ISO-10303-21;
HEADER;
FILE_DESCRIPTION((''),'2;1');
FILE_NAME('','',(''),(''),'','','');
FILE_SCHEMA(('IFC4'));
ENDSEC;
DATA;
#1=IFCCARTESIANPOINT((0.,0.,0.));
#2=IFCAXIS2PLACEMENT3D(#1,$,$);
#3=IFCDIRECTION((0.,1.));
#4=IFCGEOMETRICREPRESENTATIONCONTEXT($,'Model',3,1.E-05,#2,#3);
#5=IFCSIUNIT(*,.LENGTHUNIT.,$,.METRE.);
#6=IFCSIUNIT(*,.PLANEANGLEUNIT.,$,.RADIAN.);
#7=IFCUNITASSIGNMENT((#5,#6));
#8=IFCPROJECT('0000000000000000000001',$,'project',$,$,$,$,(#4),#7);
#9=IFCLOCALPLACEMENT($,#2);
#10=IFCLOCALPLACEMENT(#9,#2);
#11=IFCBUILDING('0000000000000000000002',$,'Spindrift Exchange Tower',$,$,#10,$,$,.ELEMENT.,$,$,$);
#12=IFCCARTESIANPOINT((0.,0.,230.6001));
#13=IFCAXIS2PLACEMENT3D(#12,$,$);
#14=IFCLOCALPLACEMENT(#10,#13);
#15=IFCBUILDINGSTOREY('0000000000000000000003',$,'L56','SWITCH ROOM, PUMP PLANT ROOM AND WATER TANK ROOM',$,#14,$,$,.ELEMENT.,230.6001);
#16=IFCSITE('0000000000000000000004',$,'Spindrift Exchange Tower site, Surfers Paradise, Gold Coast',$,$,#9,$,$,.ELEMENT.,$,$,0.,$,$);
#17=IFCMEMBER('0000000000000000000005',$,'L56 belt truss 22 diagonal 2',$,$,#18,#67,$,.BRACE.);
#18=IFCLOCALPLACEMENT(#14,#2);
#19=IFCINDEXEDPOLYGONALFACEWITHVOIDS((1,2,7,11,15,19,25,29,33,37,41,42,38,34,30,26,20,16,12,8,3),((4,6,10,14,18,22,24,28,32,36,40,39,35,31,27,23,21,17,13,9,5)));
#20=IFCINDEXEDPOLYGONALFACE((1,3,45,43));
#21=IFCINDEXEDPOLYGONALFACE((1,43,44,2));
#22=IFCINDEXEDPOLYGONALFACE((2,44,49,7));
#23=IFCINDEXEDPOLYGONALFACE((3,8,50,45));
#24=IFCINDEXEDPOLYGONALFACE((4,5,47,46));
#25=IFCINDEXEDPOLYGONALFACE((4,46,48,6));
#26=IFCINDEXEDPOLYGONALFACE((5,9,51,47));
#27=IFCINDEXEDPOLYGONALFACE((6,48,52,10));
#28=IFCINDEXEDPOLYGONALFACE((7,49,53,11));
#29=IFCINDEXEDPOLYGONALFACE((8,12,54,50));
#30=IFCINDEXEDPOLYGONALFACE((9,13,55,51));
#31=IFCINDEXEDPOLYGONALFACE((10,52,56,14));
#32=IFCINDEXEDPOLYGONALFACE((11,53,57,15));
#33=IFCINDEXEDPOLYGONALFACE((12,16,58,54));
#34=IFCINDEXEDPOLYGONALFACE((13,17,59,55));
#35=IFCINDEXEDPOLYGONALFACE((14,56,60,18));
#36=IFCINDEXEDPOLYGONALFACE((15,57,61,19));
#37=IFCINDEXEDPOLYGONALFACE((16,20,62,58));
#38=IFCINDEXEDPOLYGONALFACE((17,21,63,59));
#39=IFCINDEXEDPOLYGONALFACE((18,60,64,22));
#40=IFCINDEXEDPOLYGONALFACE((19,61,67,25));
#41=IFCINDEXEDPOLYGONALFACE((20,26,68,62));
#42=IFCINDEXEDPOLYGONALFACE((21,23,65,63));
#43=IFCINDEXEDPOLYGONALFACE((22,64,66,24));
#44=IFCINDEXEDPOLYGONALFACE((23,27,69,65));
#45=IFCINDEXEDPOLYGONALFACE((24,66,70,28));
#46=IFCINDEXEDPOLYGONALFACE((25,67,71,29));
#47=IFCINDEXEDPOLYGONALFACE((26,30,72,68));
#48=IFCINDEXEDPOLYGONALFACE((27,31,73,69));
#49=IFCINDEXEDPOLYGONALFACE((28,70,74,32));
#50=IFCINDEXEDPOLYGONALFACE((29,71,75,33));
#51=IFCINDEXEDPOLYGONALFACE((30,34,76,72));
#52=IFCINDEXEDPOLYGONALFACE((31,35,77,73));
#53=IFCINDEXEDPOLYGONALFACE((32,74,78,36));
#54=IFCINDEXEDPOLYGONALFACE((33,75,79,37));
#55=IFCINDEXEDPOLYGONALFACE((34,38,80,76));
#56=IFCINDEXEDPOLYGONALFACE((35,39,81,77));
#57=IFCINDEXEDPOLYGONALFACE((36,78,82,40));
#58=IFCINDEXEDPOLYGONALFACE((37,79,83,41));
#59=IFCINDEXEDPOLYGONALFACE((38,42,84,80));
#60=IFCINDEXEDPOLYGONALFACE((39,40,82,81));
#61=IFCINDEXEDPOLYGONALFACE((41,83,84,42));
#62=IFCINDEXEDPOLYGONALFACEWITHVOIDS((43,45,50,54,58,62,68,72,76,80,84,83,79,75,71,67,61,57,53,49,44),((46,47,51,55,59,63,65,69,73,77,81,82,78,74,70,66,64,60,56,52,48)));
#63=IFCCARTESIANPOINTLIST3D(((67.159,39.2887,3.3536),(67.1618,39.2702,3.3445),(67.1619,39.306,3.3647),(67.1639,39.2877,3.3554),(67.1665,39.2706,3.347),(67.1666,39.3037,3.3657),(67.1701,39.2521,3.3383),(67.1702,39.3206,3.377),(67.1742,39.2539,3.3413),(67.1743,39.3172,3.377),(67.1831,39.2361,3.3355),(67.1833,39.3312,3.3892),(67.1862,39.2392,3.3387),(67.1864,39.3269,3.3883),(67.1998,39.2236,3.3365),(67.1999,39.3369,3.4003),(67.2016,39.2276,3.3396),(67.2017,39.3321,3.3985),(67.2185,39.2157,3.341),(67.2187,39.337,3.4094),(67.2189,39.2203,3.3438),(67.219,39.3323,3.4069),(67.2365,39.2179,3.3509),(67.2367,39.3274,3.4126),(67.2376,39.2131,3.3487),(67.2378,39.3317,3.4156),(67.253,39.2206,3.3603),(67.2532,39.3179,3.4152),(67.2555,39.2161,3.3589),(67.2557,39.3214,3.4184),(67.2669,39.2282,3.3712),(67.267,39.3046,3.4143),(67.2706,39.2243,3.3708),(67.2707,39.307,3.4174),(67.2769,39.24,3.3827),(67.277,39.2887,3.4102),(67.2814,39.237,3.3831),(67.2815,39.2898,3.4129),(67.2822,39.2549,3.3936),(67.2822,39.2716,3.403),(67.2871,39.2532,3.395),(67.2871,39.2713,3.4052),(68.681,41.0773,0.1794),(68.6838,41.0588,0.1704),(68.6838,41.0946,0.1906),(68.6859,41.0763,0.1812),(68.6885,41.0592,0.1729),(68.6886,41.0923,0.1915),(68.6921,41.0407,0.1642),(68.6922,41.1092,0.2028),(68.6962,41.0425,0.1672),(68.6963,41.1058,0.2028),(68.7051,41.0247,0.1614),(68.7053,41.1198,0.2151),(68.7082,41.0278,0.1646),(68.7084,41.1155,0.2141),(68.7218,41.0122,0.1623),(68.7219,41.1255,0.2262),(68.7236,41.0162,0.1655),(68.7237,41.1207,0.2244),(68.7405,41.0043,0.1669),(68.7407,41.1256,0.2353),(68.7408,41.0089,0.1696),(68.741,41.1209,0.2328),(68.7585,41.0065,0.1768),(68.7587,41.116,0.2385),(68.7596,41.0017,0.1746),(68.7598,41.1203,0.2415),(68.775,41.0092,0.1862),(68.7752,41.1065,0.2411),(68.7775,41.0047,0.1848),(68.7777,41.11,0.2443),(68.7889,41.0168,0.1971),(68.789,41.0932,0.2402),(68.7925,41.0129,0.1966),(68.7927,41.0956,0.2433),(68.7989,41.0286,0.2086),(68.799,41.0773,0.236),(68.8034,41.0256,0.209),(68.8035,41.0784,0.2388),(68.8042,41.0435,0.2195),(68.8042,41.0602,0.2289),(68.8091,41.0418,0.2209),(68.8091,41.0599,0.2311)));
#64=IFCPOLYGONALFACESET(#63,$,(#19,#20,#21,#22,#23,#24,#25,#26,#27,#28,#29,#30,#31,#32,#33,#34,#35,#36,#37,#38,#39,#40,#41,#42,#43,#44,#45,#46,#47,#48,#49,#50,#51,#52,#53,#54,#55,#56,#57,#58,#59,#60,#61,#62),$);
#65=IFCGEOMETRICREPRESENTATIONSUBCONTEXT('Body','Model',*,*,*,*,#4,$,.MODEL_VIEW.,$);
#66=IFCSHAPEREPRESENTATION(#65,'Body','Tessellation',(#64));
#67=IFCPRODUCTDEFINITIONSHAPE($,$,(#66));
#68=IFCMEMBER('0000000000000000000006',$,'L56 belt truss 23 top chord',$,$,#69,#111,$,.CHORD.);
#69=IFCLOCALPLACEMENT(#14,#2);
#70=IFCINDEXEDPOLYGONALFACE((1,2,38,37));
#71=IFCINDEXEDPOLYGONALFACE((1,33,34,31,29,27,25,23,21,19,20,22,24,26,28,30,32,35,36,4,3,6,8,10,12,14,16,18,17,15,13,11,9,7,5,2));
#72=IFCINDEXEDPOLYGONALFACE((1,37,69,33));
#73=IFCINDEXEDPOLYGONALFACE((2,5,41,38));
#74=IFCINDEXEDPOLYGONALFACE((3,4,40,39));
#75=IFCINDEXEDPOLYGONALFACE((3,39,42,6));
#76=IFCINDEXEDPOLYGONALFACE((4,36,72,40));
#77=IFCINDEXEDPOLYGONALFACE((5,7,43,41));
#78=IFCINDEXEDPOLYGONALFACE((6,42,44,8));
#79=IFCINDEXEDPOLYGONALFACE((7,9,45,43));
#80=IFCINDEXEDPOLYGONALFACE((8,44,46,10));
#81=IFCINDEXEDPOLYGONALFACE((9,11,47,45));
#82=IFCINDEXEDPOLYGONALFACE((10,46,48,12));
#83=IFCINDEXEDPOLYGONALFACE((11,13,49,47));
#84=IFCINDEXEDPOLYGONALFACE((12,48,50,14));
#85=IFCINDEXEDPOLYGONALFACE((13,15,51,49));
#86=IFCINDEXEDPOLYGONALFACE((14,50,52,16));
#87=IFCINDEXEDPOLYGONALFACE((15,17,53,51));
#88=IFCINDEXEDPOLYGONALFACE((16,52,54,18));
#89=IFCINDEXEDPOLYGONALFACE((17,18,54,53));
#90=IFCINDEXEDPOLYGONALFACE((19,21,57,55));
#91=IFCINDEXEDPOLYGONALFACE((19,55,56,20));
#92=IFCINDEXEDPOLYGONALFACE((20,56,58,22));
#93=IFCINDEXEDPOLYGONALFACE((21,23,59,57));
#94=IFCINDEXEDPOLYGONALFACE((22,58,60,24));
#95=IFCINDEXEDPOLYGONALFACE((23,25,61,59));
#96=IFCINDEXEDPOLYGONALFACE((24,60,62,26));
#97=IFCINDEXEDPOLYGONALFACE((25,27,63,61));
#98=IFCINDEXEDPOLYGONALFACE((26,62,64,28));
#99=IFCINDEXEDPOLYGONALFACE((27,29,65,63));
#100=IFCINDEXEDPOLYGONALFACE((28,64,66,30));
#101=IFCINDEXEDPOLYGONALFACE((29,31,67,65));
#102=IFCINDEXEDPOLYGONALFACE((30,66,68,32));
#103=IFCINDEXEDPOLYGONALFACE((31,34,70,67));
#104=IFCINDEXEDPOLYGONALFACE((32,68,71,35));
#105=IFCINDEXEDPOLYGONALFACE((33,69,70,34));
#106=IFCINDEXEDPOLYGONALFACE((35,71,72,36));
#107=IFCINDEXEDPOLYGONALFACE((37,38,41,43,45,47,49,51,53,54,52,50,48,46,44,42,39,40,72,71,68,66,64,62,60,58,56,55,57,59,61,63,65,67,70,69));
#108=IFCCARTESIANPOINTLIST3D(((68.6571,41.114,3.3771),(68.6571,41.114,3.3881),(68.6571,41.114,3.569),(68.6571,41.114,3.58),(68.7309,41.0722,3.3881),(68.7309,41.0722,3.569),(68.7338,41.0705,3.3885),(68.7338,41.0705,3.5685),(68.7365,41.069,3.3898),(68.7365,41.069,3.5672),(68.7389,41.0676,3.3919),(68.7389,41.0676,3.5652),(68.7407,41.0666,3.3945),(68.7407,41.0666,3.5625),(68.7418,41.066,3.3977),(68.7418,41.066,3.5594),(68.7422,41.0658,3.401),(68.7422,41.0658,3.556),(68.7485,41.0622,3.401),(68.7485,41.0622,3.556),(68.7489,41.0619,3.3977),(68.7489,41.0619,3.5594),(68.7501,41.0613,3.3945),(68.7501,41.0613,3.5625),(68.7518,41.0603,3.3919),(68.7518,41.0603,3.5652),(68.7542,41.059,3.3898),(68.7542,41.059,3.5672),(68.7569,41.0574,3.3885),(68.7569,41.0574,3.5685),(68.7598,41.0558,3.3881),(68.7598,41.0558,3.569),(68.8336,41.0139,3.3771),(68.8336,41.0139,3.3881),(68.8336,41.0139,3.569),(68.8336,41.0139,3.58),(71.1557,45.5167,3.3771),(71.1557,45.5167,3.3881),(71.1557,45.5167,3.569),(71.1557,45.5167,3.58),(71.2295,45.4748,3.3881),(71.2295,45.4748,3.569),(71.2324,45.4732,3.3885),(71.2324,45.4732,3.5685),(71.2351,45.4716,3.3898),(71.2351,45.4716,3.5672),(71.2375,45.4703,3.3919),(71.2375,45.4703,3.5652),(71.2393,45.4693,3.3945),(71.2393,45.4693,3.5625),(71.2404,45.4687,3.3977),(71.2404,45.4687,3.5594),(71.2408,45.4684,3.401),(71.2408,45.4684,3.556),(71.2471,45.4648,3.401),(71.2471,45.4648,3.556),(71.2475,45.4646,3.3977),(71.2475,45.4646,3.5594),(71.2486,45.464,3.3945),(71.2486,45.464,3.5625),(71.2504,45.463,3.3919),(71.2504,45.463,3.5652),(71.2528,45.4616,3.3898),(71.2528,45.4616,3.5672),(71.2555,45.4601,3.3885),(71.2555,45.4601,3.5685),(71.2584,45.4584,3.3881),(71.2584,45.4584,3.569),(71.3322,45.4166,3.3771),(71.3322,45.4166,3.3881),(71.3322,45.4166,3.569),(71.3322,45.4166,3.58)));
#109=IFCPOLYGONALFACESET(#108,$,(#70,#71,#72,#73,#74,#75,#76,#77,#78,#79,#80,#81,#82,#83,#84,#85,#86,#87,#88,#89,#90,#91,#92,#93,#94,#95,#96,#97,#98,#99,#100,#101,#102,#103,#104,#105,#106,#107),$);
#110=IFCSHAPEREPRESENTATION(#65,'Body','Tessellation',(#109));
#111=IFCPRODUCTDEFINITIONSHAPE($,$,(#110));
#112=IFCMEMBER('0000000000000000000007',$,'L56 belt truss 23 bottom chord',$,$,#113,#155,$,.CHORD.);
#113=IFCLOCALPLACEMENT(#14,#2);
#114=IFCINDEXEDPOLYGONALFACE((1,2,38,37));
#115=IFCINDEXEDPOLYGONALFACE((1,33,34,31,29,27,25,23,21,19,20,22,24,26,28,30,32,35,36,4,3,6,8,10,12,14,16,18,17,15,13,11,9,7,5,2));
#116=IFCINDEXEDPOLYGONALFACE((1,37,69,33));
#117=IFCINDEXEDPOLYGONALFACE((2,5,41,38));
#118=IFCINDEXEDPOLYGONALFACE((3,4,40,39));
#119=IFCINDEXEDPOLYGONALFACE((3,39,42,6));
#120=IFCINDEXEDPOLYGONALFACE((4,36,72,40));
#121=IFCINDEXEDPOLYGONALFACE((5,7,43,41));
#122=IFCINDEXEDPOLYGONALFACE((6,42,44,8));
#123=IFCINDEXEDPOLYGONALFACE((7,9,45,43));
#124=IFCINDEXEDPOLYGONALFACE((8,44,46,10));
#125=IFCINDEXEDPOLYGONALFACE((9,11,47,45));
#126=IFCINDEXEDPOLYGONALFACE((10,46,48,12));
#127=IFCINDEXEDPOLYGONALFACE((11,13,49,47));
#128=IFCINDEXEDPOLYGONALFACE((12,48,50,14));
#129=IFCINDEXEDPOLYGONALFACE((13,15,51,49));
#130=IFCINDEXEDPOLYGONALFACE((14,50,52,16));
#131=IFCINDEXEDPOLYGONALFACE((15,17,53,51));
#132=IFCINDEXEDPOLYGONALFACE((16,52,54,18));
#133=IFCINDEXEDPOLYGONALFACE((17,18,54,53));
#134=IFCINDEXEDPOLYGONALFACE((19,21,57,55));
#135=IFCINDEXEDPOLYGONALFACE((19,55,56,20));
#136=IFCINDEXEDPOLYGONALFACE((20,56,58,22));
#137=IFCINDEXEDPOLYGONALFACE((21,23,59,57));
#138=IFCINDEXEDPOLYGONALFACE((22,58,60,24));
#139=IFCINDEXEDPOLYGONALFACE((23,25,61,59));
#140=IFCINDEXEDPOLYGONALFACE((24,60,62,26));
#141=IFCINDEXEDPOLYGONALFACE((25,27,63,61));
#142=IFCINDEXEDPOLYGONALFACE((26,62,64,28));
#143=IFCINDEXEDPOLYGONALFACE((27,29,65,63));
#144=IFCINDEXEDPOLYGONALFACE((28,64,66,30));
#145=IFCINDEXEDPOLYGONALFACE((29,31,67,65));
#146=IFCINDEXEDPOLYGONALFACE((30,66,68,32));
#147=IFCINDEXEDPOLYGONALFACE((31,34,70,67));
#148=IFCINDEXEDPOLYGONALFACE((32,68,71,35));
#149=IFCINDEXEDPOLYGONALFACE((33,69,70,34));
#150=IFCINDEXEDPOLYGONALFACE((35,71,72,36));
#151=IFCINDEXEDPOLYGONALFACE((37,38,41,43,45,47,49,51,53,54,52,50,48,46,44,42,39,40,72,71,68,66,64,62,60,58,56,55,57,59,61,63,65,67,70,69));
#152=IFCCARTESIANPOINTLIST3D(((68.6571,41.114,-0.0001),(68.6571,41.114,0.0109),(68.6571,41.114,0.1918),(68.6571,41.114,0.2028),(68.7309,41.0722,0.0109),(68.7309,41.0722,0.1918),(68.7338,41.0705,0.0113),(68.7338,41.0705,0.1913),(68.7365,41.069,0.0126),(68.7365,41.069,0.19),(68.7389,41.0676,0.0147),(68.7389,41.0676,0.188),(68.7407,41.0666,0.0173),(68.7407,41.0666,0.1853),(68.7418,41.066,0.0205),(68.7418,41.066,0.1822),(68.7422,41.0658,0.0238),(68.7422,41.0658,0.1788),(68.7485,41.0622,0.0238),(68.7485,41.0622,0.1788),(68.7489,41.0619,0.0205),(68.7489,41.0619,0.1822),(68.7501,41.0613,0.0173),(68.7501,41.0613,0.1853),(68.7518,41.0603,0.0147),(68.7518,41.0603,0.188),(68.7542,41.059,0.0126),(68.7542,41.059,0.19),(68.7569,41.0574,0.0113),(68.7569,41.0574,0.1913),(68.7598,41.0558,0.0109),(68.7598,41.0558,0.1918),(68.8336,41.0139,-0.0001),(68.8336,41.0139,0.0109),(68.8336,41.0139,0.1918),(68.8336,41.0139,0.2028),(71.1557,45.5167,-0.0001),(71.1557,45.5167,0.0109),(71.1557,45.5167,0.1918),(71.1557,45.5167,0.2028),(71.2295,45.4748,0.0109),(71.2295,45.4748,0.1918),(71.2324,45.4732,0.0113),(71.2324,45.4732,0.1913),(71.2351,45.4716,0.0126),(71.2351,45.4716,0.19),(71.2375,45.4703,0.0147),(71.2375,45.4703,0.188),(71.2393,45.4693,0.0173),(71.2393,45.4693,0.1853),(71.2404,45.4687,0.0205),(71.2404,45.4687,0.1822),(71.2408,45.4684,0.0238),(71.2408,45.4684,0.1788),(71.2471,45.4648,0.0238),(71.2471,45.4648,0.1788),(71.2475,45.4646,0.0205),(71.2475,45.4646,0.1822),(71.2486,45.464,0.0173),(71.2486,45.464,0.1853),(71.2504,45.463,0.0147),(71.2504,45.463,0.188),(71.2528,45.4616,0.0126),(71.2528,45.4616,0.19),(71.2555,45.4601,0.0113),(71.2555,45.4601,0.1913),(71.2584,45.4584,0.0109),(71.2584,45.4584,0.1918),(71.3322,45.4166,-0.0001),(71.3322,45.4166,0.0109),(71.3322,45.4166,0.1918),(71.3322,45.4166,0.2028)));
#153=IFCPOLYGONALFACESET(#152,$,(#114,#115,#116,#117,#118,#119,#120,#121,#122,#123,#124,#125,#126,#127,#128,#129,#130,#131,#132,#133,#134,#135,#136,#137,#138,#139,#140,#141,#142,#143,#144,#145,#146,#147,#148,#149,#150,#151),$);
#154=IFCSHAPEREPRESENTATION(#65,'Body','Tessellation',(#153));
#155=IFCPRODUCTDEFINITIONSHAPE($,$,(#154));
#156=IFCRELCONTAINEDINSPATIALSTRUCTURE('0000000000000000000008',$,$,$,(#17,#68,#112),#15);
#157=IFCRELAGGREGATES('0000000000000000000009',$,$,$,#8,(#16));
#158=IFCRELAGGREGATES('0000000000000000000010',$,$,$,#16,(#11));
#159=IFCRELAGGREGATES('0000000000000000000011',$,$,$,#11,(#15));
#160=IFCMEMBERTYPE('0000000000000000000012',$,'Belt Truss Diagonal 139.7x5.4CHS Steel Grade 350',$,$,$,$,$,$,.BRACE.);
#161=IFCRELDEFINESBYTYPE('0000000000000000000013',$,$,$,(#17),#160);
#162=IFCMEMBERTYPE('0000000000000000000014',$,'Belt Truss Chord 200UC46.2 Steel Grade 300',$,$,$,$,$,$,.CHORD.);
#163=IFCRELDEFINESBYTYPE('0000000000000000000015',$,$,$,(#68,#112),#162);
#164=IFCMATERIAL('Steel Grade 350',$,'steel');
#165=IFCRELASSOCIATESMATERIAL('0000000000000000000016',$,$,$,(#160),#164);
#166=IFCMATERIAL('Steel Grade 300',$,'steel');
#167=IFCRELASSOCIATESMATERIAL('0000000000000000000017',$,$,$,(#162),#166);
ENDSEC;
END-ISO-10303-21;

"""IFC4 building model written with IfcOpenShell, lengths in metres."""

from ifc_helpers import new_model, si_unit, direction, frame, origin, origin_2d, place, context, subcontext, project, spatial, hollow_circle, i_section, extrude, source, transform, mapped, material, material_profile, profile_set, type_object, element, save


model = new_model("IFC4")

# Units and contexts
model_context = context("Model", 3, precision=1e-05, world=origin(), true_north=direction((0.0, 1.0)))
body_context = subcontext(model_context, "Body", "Model", "MODEL_VIEW")
ifc_project = project(units=[si_unit("LENGTHUNIT", "METRE"), si_unit("PLANEANGLEUNIT", "RADIAN")], contexts=[model_context])

# Site, building, storey
site_placement = place(None, origin())
site = spatial("IfcSite", under=ifc_project, at=site_placement, Name="Spindrift Exchange Tower site, Surfers Paradise, Gold Coast", CompositionType="ELEMENT", RefElevation=0.0)
building_placement = place(site_placement, origin())
building = spatial("IfcBuilding", under=site, at=building_placement, Name="Spindrift Exchange Tower", CompositionType="ELEMENT")
storey_placement = place(building_placement, frame((0.0, 0.0, 230.6001)))
storey = spatial("IfcBuildingStorey", under=building, at=storey_placement, Name="L56", Description="SWITCH ROOM, PUMP PLANT ROOM AND WATER TANK ROOM", CompositionType="ELEMENT", Elevation=230.6001)

# Shared definitions
ifc_material_1 = material(Name="Steel Grade 300", Category="steel")

# Members
ifc_material_2 = material(Name="Steel Grade 350", Category="steel")
ifc_material_profile_1 = material_profile(ifc_material_2, hollow_circle(Radius=0.0698, WallThickness=0.0054, at=origin_2d()), Name="139.7x5.4CHS")
ifc_profile_set_1 = profile_set([ifc_material_profile_1], Name="Steel Grade 350")
member_type_1 = type_object("IfcMemberType", Name="Belt Truss Diagonal 139.7x5.4CHS Steel Grade 350", PredefinedType="BRACE", material=ifc_profile_set_1)
shared_shape_1 = source(origin(), body_context, "Body", "SweptSolid", [
    extrude(hollow_circle(Radius=0.0698, WallThickness=0.0054, at=origin_2d()), origin(), (0.0, 0.0, 1.0), 3.9485),
])
member_1_placement = place(storey_placement, frame((67.2234, 39.2754, 3.377), z_axis=(0.385462, 0.452983, -0.803881), x_axis=(-0.761585, 0.648065, 0.0)))
element("IfcMember", 1, at=member_1_placement, inside=storey, type_object=member_type_1, Name="L56 belt truss 22 diagonal 2", PredefinedType="BRACE", context=body_context, shape_type="MappedRepresentation", body=[
    mapped(shared_shape_1, transform((0.0, 0.0, 0.0), scale=1.0)),
])
ifc_material_profile_2 = material_profile(ifc_material_1, i_section(OverallWidth=0.2029, OverallDepth=0.2029, WebThickness=0.0073, FlangeThickness=0.011, FilletRadius=0.0129, at=origin_2d()), Name="200UC46.2")
ifc_profile_set_2 = profile_set([ifc_material_profile_2], Name="Steel Grade 300")
member_type_2 = type_object("IfcMemberType", Name="Belt Truss Chord 200UC46.2 Steel Grade 300", PredefinedType="CHORD", material=ifc_profile_set_2)
shared_shape_2 = source(origin(), body_context, "Body", "SweptSolid", [
    extrude(i_section(OverallWidth=0.2029, OverallDepth=0.2029, WebThickness=0.0073, FlangeThickness=0.011, FilletRadius=0.0129, at=origin_2d()), origin(), (0.0, 0.0, 1.0), 5.0623),
])
for number, where, z_axis, x_axis, name in (
    (2, (68.7454, 41.064, 3.4785), (0.493571, 0.869705, 0.0), (-0.869705, 0.493571, 0.0), "L56 belt truss 23 top chord"),
    (3, (68.7454, 41.064, 0.1013), (0.493571, 0.869705, 0.0), (-0.869705, 0.493571, 0.0), "L56 belt truss 23 bottom chord"),
):
    element("IfcMember", number, at=place(storey_placement, frame(where, z_axis=z_axis, x_axis=x_axis)), inside=storey, type_object=member_type_2, Name=name, PredefinedType="CHORD", context=body_context, shape_type="MappedRepresentation", body=[
        mapped(shared_shape_2, transform((0.0, 0.0, 0.0), scale=1.0)),
    ])

save(model, "model.ifc")
